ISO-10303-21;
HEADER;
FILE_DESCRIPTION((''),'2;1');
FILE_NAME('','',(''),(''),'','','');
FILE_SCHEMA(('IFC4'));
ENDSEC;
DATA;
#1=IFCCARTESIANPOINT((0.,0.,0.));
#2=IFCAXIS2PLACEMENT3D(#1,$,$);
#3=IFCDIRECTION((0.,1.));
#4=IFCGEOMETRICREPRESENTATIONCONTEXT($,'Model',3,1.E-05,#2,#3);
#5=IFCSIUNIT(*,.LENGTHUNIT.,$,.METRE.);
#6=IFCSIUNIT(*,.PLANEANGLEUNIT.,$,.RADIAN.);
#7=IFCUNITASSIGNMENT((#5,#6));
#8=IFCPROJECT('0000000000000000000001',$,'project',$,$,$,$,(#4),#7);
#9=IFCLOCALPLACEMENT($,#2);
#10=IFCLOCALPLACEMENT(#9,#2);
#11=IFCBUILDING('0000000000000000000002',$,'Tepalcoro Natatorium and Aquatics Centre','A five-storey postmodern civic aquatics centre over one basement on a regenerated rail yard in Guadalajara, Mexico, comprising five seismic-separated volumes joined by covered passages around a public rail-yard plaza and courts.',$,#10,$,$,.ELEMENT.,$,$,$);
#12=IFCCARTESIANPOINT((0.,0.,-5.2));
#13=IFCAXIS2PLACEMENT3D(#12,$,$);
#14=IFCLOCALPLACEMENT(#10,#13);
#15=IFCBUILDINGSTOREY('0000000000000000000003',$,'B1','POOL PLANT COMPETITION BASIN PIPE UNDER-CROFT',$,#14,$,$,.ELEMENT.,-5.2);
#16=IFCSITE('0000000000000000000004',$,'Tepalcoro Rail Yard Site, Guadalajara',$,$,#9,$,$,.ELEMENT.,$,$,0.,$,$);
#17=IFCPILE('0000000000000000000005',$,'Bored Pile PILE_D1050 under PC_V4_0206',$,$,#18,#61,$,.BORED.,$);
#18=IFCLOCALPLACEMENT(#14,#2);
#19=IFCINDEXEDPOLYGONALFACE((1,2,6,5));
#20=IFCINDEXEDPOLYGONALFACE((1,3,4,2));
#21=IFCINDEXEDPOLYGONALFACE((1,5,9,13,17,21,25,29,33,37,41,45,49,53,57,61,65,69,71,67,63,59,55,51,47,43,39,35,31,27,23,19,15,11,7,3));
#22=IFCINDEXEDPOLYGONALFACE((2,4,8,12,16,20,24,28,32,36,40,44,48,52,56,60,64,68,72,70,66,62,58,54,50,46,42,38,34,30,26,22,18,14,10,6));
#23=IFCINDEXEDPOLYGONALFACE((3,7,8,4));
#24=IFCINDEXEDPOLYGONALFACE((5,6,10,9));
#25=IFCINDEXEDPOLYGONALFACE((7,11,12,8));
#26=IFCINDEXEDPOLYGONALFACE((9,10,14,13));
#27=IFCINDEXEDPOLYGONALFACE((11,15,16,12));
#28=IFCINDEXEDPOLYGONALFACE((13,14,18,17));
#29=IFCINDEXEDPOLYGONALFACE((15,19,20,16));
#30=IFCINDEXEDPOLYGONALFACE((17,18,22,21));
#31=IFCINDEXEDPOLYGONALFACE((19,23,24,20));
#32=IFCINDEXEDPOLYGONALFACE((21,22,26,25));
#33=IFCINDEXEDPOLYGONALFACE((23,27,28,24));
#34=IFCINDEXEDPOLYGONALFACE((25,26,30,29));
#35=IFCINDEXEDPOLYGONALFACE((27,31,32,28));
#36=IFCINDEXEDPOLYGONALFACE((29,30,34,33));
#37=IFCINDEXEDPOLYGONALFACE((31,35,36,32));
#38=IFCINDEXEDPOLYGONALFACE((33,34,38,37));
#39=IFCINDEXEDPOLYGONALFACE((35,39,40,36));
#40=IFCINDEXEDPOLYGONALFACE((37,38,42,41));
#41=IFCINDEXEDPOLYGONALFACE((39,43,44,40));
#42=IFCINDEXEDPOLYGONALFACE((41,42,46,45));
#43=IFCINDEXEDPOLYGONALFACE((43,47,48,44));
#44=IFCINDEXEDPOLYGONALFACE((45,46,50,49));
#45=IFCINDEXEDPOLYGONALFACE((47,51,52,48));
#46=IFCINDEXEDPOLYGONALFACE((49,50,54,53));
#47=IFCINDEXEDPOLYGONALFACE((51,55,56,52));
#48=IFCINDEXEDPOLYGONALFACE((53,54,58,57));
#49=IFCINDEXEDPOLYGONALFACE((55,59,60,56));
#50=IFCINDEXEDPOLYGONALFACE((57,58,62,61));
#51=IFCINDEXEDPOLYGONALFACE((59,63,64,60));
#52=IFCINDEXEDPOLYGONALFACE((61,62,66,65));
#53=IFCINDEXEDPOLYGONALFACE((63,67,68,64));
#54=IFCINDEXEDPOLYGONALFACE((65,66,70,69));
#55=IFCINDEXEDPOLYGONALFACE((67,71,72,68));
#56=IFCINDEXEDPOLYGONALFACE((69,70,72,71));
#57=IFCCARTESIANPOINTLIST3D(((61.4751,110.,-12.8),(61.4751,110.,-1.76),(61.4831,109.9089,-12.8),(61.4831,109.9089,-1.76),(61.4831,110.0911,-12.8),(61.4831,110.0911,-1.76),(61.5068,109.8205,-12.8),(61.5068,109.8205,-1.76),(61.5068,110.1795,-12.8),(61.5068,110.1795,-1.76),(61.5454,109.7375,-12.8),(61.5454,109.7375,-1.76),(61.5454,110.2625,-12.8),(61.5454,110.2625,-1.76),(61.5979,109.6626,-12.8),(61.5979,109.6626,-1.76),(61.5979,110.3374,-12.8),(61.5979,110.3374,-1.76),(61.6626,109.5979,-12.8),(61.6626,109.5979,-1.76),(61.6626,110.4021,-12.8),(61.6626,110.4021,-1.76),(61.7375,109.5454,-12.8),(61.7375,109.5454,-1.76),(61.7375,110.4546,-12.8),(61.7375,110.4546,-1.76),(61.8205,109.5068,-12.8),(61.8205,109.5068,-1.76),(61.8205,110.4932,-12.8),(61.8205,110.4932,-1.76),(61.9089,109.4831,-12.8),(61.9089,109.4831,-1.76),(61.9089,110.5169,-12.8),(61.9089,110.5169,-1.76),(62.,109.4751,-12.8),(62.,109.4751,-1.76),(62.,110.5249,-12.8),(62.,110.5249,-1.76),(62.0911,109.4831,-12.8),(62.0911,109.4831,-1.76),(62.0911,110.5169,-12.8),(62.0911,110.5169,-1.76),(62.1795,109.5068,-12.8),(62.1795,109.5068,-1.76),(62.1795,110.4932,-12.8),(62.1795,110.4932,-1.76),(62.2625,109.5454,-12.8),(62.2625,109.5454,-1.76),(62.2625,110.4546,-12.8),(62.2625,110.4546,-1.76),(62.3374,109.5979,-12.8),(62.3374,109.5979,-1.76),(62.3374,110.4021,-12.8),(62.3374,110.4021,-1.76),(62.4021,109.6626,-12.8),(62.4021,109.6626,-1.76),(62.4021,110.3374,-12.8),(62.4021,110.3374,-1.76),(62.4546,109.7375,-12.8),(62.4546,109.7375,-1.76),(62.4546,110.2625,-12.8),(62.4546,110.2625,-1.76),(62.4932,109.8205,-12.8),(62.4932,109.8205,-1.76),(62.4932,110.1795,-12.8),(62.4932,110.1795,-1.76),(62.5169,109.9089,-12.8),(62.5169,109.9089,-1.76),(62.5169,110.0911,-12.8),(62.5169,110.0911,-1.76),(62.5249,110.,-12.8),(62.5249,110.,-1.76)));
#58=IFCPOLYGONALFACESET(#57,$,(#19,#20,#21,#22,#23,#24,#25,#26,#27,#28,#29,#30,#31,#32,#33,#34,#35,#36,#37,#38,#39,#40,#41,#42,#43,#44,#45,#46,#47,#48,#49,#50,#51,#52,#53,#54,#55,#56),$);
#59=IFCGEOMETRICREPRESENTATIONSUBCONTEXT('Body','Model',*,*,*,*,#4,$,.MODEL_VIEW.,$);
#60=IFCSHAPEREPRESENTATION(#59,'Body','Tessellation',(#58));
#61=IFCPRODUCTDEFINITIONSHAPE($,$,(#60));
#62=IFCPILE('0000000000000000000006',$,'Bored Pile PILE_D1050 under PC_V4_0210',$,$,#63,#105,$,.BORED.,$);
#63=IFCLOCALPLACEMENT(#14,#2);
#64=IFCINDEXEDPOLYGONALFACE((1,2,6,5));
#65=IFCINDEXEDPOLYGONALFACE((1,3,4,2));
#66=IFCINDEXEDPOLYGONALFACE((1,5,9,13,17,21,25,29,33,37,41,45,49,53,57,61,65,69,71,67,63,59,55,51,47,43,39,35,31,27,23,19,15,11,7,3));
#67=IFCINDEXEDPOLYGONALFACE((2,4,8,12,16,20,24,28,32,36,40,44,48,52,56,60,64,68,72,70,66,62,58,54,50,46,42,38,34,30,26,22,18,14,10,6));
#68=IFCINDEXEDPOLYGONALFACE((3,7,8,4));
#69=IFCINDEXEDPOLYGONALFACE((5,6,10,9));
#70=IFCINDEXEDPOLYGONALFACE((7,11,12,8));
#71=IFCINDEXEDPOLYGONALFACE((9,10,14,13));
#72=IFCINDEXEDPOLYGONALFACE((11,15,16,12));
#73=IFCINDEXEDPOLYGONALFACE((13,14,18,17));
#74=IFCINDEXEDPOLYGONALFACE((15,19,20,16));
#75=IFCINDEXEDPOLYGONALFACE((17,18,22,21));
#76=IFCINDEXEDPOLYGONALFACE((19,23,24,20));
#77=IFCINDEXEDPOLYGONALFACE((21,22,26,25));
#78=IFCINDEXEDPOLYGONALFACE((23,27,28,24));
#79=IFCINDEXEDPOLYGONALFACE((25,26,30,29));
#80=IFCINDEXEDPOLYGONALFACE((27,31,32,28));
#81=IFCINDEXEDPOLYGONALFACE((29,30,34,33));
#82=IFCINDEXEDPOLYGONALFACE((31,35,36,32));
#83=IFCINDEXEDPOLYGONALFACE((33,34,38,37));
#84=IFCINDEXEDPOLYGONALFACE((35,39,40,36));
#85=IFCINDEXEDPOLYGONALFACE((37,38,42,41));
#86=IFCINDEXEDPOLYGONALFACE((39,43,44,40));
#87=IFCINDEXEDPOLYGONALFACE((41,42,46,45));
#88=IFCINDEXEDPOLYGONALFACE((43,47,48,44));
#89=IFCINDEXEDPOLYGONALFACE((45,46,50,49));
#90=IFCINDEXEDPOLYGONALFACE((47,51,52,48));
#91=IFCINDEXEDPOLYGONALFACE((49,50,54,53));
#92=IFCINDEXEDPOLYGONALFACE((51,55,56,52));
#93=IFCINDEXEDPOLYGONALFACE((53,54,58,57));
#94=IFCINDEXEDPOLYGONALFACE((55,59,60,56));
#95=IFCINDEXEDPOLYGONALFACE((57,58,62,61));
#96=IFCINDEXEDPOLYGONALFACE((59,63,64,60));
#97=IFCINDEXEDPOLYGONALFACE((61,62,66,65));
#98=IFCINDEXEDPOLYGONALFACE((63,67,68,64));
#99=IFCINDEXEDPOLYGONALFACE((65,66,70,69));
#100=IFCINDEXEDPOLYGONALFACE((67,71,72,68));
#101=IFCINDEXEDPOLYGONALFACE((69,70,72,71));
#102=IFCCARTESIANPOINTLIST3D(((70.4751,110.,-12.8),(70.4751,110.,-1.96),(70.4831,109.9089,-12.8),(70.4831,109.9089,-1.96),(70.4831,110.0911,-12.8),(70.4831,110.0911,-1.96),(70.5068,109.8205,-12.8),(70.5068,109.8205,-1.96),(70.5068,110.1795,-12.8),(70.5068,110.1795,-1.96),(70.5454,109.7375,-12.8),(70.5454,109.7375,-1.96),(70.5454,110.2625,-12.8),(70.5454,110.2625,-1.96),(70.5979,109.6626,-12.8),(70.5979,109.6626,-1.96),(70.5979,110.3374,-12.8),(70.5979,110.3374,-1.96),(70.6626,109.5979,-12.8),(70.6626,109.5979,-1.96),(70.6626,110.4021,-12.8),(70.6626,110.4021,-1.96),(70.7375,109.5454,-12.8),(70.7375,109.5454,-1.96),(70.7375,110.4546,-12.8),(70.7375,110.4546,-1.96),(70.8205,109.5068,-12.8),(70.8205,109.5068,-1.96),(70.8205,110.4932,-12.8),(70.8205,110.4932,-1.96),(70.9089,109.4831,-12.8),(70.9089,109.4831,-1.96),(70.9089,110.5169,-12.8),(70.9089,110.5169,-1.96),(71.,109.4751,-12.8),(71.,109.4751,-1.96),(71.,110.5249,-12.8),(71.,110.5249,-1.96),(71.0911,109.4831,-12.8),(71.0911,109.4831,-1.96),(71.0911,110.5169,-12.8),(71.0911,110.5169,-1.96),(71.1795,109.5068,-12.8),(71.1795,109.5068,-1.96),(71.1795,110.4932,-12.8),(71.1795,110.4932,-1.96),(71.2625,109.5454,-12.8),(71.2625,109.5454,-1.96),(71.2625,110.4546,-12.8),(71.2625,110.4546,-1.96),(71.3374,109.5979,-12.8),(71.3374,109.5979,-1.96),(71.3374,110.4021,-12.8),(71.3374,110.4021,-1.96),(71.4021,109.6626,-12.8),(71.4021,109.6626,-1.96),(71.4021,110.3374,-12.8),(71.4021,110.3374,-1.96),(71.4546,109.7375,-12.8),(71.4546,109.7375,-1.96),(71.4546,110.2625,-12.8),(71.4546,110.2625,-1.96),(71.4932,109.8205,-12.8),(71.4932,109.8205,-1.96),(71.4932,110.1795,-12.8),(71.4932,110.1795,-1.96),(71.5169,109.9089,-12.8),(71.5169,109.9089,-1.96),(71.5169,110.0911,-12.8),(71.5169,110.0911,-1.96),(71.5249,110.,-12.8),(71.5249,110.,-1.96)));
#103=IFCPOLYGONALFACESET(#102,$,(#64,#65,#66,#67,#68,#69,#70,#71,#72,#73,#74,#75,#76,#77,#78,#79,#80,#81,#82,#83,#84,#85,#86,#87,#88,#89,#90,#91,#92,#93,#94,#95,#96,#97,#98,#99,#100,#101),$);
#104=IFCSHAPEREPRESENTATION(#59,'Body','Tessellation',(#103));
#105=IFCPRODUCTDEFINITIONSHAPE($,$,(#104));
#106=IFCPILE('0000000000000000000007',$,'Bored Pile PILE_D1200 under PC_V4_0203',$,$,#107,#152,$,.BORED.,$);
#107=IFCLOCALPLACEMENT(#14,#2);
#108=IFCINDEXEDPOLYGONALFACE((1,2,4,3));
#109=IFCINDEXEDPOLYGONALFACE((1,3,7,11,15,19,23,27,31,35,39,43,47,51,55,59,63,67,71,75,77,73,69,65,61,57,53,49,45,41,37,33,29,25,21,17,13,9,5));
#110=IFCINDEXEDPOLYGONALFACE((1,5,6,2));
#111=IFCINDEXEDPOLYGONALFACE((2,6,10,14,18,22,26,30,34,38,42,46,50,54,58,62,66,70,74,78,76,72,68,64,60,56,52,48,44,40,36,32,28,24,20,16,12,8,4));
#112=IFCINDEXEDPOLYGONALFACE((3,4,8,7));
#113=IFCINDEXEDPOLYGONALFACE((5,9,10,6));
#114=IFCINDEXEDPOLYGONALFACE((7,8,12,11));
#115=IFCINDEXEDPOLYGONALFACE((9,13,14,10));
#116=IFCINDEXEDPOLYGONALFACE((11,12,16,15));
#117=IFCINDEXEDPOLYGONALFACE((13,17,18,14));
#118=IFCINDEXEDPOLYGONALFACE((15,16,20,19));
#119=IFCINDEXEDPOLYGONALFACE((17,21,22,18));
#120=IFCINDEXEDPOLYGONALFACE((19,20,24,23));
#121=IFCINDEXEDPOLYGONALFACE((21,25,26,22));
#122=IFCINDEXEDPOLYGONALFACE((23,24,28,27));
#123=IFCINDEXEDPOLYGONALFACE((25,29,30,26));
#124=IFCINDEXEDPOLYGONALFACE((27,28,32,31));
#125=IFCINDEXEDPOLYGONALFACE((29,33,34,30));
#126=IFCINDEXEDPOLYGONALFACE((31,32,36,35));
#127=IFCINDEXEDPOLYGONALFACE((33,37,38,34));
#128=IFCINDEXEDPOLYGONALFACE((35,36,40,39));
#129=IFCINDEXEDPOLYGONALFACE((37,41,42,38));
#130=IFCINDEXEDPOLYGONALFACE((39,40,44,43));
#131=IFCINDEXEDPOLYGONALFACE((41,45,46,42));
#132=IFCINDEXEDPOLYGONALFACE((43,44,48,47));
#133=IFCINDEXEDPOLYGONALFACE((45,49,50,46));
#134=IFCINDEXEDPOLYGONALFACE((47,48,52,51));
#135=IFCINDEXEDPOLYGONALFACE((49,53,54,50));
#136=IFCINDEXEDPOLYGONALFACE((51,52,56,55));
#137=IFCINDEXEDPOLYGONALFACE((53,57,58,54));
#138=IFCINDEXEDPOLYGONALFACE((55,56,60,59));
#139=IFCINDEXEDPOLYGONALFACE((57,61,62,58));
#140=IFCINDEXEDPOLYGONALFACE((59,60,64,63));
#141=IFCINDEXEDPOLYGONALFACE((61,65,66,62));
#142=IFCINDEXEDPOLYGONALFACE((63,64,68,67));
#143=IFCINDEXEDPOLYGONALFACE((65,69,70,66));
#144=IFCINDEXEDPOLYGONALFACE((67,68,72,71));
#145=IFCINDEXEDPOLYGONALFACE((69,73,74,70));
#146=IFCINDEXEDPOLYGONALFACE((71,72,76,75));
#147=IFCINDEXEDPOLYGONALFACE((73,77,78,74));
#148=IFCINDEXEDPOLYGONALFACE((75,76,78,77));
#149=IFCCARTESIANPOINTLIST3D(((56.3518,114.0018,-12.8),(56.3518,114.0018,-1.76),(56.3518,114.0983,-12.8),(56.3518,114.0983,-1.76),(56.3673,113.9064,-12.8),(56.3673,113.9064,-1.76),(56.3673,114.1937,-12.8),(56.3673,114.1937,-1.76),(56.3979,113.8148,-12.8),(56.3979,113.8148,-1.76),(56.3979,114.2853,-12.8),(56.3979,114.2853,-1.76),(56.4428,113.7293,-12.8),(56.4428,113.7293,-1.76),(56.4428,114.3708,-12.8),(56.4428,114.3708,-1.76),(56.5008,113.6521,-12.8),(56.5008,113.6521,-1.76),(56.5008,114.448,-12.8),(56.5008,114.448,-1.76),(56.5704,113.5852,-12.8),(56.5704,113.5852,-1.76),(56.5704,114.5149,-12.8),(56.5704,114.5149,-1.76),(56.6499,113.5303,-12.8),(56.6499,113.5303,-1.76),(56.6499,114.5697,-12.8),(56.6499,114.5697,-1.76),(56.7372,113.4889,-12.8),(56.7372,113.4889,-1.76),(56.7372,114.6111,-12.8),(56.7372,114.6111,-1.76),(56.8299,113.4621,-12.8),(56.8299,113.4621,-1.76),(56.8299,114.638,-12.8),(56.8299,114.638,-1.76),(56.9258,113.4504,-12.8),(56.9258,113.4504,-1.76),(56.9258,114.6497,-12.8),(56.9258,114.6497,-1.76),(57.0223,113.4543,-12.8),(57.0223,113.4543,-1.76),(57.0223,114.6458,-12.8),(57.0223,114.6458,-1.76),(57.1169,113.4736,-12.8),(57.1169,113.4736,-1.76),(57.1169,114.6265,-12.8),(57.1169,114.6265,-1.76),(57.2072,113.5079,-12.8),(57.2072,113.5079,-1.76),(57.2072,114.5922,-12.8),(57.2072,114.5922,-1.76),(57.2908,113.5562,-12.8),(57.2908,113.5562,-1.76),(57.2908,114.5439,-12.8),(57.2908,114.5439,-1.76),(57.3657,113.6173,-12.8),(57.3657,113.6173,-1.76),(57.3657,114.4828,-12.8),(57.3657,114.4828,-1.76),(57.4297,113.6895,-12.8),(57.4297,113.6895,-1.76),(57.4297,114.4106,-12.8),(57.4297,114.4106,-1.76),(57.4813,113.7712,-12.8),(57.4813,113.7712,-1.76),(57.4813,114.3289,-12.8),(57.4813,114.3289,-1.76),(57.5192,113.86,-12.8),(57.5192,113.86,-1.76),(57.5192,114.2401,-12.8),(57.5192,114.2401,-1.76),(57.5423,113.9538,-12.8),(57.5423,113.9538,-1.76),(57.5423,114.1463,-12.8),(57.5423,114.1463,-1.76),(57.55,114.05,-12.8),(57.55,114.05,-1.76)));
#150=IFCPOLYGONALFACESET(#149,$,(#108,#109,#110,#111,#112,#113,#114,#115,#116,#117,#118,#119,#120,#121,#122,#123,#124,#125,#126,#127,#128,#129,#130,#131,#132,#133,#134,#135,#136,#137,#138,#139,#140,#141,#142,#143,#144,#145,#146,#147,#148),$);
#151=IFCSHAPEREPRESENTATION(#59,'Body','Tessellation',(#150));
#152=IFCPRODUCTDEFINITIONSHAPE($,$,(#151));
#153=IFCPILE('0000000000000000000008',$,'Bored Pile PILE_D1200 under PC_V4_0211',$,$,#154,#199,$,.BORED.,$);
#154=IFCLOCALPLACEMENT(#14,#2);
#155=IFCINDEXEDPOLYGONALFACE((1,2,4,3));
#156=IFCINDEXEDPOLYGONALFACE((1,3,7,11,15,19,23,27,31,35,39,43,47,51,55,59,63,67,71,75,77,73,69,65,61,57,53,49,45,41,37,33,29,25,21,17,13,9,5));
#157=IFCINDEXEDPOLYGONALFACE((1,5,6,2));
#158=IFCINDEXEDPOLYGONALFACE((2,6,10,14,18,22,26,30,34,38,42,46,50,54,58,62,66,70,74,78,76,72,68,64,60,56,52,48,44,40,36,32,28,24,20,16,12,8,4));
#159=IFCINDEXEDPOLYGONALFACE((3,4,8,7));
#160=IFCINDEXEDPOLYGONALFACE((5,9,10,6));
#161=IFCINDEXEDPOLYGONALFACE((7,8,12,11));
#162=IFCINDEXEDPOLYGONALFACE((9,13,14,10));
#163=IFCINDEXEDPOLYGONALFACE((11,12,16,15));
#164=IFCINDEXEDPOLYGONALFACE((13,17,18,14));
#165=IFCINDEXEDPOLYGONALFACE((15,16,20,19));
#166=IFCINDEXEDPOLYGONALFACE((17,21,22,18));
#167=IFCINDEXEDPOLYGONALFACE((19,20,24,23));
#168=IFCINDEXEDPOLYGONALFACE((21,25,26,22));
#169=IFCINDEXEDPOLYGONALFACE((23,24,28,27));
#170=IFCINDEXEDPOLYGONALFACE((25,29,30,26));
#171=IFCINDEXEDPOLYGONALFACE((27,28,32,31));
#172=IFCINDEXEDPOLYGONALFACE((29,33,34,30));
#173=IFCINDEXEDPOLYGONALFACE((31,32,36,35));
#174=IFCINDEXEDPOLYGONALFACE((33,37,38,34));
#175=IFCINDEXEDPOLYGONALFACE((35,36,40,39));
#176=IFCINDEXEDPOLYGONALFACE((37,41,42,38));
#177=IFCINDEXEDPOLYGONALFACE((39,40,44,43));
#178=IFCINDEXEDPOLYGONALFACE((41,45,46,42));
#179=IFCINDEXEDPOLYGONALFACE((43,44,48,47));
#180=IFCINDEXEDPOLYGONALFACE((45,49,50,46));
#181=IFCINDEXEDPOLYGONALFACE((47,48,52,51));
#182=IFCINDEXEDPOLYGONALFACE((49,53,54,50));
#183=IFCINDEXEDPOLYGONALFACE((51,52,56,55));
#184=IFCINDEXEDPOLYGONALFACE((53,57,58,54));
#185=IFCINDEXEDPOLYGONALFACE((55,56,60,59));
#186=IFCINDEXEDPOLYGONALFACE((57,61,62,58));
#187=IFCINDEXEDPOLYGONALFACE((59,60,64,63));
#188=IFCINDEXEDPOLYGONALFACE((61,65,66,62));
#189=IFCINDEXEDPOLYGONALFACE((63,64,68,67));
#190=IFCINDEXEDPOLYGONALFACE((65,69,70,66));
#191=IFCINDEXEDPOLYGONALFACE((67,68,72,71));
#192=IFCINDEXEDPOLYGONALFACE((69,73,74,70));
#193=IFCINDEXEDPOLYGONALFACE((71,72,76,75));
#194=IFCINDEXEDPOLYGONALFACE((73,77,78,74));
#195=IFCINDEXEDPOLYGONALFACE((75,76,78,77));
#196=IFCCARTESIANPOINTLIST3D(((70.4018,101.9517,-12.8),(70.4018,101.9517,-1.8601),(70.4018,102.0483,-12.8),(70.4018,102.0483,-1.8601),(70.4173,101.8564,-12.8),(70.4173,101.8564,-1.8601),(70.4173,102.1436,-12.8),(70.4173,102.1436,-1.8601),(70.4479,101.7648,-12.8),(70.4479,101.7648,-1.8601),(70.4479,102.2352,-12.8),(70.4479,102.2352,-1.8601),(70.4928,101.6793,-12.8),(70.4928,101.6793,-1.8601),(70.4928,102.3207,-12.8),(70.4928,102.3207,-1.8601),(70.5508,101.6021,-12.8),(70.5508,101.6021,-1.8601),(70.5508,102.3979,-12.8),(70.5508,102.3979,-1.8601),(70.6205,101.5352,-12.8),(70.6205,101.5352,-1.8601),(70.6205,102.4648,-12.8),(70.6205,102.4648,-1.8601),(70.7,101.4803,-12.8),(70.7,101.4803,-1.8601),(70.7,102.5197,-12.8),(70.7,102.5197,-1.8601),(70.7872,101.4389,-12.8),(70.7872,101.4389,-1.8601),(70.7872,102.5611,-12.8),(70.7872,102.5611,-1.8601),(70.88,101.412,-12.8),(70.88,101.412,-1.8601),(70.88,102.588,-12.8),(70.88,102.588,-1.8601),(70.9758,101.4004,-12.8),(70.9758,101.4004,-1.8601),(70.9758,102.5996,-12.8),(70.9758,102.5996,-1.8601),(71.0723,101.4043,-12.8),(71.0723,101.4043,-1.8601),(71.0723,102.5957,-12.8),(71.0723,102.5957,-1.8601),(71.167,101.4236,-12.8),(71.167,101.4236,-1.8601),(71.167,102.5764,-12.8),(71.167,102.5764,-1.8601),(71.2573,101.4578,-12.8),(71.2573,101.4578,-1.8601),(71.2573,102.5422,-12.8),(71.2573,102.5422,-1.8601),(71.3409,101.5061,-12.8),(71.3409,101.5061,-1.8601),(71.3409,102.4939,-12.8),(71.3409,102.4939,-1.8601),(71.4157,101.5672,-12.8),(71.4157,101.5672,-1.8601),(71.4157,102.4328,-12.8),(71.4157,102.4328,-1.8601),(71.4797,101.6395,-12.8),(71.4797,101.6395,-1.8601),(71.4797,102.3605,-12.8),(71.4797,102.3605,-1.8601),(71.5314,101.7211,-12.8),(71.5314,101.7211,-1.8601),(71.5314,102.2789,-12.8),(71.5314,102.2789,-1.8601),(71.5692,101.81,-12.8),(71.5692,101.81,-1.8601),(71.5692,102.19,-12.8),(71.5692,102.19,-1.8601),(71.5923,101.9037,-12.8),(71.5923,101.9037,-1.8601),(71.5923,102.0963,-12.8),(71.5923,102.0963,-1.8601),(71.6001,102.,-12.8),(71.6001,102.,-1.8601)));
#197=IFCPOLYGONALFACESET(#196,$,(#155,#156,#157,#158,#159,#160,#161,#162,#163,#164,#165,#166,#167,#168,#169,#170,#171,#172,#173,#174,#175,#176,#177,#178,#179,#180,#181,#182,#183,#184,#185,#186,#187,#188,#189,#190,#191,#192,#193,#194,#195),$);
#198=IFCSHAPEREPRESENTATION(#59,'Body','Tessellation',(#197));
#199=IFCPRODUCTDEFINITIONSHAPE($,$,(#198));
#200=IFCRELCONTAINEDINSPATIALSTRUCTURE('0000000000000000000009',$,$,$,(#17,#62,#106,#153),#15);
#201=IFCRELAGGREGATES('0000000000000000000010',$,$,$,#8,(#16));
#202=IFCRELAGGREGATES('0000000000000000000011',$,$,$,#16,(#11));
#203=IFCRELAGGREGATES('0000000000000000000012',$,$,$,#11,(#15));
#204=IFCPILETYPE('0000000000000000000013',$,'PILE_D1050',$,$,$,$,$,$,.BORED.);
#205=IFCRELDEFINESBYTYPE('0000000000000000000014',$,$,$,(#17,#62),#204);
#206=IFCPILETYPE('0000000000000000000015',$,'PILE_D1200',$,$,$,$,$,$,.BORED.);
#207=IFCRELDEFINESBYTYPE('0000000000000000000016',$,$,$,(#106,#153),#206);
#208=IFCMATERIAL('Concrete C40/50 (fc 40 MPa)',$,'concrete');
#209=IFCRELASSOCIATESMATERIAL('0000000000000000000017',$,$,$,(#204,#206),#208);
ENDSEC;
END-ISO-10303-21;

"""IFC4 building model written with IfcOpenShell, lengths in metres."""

from ifc_helpers import new_model, si_unit, direction, frame, origin, origin_2d, place, context, subcontext, project, spatial, circle, extrude, material, material_profile, profile_set, type_object, element, save


model = new_model("IFC4")

# Units and contexts
model_context = context("Model", 3, precision=1e-05, world=origin(), true_north=direction((0.0, 1.0)))
body_context = subcontext(model_context, "Body", "Model", "MODEL_VIEW")
ifc_project = project(units=[si_unit("LENGTHUNIT", "METRE"), si_unit("PLANEANGLEUNIT", "RADIAN")], contexts=[model_context])

# Site, building, storey
site_placement = place(None, origin())
site = spatial("IfcSite", under=ifc_project, at=site_placement, Name="Tepalcoro Rail Yard Site, Guadalajara", CompositionType="ELEMENT", RefElevation=0.0)
building_placement = place(site_placement, origin())
building = spatial("IfcBuilding", under=site, at=building_placement, Name="Tepalcoro Natatorium and Aquatics Centre", Description="A five-storey postmodern civic aquatics centre over one basement on a regenerated rail yard in Guadalajara, Mexico, comprising five seismic-separated volumes joined by covered passages around a public rail-yard plaza and courts.", CompositionType="ELEMENT")
storey_placement = place(building_placement, frame((0.0, 0.0, -5.2)))
storey = spatial("IfcBuildingStorey", under=building, at=storey_placement, Name="B1", Description="POOL PLANT COMPETITION BASIN PIPE UNDER-CROFT", CompositionType="ELEMENT", Elevation=-5.2)

# Piles
ifc_material_1 = material(Name="Concrete C40/50 (fc 40 MPa)", Category="concrete")
ifc_material_profile_1 = material_profile(ifc_material_1, circle(Radius=0.5249, at=origin_2d()), Name="PILE_D1050")
ifc_profile_set_1 = profile_set([ifc_material_profile_1], Name="Concrete C40/50 (fc 40 MPa)")
pile_type_1 = type_object("IfcPileType", Name="PILE_D1050", PredefinedType="BORED", material=ifc_profile_set_1)
pile_1_placement = place(storey_placement, frame((62.0, 110.0, -1.76), z_axis=(0.0, 0.0, -1.0), x_axis=(1.0, 0.0, 0.0)))
element("IfcPile", 1, at=pile_1_placement, inside=storey, type_object=pile_type_1, Name="Bored Pile PILE_D1050 under PC_V4_0206", PredefinedType="BORED", context=body_context, shape_type="SweptSolid", body=[
    extrude(circle(Radius=0.5249, at=origin_2d()), origin(), (0.0, 0.0, 1.0), 11.04),
])
pile_2_placement = place(storey_placement, frame((71.0, 110.0, -1.96), z_axis=(0.0, 0.0, -1.0), x_axis=(1.0, 0.0, 0.0)))
element("IfcPile", 2, at=pile_2_placement, inside=storey, type_object=pile_type_1, Name="Bored Pile PILE_D1050 under PC_V4_0210", PredefinedType="BORED", context=body_context, shape_type="SweptSolid", body=[
    extrude(circle(Radius=0.5249, at=origin_2d()), origin(), (0.0, 0.0, 1.0), 10.8401),
])
ifc_material_profile_2 = material_profile(ifc_material_1, circle(Radius=0.6001, at=origin_2d()), Name="PILE_D1200")
ifc_profile_set_2 = profile_set([ifc_material_profile_2], Name="Concrete C40/50 (fc 40 MPa)")
pile_type_2 = type_object("IfcPileType", Name="PILE_D1200", PredefinedType="BORED", material=ifc_profile_set_2)
pile_3_placement = place(storey_placement, frame((56.95, 114.05, -1.76), z_axis=(0.0, 0.0, -1.0), x_axis=(1.0, 0.0, 0.0)))
element("IfcPile", 3, at=pile_3_placement, inside=storey, type_object=pile_type_2, Name="Bored Pile PILE_D1200 under PC_V4_0203", PredefinedType="BORED", context=body_context, shape_type="SweptSolid", body=[
    extrude(circle(Radius=0.6001, at=origin_2d()), origin(), (0.0, 0.0, 1.0), 11.04),
])
pile_4_placement = place(storey_placement, frame((71.0, 102.0, -1.8601), z_axis=(0.0, 0.0, -1.0), x_axis=(1.0, 0.0, 0.0)))
element("IfcPile", 4, at=pile_4_placement, inside=storey, type_object=pile_type_2, Name="Bored Pile PILE_D1200 under PC_V4_0211", PredefinedType="BORED", context=body_context, shape_type="SweptSolid", body=[
    extrude(circle(Radius=0.6001, at=origin_2d()), origin(), (0.0, 0.0, 1.0), 10.9399),
])

save(model, "model.ifc")
